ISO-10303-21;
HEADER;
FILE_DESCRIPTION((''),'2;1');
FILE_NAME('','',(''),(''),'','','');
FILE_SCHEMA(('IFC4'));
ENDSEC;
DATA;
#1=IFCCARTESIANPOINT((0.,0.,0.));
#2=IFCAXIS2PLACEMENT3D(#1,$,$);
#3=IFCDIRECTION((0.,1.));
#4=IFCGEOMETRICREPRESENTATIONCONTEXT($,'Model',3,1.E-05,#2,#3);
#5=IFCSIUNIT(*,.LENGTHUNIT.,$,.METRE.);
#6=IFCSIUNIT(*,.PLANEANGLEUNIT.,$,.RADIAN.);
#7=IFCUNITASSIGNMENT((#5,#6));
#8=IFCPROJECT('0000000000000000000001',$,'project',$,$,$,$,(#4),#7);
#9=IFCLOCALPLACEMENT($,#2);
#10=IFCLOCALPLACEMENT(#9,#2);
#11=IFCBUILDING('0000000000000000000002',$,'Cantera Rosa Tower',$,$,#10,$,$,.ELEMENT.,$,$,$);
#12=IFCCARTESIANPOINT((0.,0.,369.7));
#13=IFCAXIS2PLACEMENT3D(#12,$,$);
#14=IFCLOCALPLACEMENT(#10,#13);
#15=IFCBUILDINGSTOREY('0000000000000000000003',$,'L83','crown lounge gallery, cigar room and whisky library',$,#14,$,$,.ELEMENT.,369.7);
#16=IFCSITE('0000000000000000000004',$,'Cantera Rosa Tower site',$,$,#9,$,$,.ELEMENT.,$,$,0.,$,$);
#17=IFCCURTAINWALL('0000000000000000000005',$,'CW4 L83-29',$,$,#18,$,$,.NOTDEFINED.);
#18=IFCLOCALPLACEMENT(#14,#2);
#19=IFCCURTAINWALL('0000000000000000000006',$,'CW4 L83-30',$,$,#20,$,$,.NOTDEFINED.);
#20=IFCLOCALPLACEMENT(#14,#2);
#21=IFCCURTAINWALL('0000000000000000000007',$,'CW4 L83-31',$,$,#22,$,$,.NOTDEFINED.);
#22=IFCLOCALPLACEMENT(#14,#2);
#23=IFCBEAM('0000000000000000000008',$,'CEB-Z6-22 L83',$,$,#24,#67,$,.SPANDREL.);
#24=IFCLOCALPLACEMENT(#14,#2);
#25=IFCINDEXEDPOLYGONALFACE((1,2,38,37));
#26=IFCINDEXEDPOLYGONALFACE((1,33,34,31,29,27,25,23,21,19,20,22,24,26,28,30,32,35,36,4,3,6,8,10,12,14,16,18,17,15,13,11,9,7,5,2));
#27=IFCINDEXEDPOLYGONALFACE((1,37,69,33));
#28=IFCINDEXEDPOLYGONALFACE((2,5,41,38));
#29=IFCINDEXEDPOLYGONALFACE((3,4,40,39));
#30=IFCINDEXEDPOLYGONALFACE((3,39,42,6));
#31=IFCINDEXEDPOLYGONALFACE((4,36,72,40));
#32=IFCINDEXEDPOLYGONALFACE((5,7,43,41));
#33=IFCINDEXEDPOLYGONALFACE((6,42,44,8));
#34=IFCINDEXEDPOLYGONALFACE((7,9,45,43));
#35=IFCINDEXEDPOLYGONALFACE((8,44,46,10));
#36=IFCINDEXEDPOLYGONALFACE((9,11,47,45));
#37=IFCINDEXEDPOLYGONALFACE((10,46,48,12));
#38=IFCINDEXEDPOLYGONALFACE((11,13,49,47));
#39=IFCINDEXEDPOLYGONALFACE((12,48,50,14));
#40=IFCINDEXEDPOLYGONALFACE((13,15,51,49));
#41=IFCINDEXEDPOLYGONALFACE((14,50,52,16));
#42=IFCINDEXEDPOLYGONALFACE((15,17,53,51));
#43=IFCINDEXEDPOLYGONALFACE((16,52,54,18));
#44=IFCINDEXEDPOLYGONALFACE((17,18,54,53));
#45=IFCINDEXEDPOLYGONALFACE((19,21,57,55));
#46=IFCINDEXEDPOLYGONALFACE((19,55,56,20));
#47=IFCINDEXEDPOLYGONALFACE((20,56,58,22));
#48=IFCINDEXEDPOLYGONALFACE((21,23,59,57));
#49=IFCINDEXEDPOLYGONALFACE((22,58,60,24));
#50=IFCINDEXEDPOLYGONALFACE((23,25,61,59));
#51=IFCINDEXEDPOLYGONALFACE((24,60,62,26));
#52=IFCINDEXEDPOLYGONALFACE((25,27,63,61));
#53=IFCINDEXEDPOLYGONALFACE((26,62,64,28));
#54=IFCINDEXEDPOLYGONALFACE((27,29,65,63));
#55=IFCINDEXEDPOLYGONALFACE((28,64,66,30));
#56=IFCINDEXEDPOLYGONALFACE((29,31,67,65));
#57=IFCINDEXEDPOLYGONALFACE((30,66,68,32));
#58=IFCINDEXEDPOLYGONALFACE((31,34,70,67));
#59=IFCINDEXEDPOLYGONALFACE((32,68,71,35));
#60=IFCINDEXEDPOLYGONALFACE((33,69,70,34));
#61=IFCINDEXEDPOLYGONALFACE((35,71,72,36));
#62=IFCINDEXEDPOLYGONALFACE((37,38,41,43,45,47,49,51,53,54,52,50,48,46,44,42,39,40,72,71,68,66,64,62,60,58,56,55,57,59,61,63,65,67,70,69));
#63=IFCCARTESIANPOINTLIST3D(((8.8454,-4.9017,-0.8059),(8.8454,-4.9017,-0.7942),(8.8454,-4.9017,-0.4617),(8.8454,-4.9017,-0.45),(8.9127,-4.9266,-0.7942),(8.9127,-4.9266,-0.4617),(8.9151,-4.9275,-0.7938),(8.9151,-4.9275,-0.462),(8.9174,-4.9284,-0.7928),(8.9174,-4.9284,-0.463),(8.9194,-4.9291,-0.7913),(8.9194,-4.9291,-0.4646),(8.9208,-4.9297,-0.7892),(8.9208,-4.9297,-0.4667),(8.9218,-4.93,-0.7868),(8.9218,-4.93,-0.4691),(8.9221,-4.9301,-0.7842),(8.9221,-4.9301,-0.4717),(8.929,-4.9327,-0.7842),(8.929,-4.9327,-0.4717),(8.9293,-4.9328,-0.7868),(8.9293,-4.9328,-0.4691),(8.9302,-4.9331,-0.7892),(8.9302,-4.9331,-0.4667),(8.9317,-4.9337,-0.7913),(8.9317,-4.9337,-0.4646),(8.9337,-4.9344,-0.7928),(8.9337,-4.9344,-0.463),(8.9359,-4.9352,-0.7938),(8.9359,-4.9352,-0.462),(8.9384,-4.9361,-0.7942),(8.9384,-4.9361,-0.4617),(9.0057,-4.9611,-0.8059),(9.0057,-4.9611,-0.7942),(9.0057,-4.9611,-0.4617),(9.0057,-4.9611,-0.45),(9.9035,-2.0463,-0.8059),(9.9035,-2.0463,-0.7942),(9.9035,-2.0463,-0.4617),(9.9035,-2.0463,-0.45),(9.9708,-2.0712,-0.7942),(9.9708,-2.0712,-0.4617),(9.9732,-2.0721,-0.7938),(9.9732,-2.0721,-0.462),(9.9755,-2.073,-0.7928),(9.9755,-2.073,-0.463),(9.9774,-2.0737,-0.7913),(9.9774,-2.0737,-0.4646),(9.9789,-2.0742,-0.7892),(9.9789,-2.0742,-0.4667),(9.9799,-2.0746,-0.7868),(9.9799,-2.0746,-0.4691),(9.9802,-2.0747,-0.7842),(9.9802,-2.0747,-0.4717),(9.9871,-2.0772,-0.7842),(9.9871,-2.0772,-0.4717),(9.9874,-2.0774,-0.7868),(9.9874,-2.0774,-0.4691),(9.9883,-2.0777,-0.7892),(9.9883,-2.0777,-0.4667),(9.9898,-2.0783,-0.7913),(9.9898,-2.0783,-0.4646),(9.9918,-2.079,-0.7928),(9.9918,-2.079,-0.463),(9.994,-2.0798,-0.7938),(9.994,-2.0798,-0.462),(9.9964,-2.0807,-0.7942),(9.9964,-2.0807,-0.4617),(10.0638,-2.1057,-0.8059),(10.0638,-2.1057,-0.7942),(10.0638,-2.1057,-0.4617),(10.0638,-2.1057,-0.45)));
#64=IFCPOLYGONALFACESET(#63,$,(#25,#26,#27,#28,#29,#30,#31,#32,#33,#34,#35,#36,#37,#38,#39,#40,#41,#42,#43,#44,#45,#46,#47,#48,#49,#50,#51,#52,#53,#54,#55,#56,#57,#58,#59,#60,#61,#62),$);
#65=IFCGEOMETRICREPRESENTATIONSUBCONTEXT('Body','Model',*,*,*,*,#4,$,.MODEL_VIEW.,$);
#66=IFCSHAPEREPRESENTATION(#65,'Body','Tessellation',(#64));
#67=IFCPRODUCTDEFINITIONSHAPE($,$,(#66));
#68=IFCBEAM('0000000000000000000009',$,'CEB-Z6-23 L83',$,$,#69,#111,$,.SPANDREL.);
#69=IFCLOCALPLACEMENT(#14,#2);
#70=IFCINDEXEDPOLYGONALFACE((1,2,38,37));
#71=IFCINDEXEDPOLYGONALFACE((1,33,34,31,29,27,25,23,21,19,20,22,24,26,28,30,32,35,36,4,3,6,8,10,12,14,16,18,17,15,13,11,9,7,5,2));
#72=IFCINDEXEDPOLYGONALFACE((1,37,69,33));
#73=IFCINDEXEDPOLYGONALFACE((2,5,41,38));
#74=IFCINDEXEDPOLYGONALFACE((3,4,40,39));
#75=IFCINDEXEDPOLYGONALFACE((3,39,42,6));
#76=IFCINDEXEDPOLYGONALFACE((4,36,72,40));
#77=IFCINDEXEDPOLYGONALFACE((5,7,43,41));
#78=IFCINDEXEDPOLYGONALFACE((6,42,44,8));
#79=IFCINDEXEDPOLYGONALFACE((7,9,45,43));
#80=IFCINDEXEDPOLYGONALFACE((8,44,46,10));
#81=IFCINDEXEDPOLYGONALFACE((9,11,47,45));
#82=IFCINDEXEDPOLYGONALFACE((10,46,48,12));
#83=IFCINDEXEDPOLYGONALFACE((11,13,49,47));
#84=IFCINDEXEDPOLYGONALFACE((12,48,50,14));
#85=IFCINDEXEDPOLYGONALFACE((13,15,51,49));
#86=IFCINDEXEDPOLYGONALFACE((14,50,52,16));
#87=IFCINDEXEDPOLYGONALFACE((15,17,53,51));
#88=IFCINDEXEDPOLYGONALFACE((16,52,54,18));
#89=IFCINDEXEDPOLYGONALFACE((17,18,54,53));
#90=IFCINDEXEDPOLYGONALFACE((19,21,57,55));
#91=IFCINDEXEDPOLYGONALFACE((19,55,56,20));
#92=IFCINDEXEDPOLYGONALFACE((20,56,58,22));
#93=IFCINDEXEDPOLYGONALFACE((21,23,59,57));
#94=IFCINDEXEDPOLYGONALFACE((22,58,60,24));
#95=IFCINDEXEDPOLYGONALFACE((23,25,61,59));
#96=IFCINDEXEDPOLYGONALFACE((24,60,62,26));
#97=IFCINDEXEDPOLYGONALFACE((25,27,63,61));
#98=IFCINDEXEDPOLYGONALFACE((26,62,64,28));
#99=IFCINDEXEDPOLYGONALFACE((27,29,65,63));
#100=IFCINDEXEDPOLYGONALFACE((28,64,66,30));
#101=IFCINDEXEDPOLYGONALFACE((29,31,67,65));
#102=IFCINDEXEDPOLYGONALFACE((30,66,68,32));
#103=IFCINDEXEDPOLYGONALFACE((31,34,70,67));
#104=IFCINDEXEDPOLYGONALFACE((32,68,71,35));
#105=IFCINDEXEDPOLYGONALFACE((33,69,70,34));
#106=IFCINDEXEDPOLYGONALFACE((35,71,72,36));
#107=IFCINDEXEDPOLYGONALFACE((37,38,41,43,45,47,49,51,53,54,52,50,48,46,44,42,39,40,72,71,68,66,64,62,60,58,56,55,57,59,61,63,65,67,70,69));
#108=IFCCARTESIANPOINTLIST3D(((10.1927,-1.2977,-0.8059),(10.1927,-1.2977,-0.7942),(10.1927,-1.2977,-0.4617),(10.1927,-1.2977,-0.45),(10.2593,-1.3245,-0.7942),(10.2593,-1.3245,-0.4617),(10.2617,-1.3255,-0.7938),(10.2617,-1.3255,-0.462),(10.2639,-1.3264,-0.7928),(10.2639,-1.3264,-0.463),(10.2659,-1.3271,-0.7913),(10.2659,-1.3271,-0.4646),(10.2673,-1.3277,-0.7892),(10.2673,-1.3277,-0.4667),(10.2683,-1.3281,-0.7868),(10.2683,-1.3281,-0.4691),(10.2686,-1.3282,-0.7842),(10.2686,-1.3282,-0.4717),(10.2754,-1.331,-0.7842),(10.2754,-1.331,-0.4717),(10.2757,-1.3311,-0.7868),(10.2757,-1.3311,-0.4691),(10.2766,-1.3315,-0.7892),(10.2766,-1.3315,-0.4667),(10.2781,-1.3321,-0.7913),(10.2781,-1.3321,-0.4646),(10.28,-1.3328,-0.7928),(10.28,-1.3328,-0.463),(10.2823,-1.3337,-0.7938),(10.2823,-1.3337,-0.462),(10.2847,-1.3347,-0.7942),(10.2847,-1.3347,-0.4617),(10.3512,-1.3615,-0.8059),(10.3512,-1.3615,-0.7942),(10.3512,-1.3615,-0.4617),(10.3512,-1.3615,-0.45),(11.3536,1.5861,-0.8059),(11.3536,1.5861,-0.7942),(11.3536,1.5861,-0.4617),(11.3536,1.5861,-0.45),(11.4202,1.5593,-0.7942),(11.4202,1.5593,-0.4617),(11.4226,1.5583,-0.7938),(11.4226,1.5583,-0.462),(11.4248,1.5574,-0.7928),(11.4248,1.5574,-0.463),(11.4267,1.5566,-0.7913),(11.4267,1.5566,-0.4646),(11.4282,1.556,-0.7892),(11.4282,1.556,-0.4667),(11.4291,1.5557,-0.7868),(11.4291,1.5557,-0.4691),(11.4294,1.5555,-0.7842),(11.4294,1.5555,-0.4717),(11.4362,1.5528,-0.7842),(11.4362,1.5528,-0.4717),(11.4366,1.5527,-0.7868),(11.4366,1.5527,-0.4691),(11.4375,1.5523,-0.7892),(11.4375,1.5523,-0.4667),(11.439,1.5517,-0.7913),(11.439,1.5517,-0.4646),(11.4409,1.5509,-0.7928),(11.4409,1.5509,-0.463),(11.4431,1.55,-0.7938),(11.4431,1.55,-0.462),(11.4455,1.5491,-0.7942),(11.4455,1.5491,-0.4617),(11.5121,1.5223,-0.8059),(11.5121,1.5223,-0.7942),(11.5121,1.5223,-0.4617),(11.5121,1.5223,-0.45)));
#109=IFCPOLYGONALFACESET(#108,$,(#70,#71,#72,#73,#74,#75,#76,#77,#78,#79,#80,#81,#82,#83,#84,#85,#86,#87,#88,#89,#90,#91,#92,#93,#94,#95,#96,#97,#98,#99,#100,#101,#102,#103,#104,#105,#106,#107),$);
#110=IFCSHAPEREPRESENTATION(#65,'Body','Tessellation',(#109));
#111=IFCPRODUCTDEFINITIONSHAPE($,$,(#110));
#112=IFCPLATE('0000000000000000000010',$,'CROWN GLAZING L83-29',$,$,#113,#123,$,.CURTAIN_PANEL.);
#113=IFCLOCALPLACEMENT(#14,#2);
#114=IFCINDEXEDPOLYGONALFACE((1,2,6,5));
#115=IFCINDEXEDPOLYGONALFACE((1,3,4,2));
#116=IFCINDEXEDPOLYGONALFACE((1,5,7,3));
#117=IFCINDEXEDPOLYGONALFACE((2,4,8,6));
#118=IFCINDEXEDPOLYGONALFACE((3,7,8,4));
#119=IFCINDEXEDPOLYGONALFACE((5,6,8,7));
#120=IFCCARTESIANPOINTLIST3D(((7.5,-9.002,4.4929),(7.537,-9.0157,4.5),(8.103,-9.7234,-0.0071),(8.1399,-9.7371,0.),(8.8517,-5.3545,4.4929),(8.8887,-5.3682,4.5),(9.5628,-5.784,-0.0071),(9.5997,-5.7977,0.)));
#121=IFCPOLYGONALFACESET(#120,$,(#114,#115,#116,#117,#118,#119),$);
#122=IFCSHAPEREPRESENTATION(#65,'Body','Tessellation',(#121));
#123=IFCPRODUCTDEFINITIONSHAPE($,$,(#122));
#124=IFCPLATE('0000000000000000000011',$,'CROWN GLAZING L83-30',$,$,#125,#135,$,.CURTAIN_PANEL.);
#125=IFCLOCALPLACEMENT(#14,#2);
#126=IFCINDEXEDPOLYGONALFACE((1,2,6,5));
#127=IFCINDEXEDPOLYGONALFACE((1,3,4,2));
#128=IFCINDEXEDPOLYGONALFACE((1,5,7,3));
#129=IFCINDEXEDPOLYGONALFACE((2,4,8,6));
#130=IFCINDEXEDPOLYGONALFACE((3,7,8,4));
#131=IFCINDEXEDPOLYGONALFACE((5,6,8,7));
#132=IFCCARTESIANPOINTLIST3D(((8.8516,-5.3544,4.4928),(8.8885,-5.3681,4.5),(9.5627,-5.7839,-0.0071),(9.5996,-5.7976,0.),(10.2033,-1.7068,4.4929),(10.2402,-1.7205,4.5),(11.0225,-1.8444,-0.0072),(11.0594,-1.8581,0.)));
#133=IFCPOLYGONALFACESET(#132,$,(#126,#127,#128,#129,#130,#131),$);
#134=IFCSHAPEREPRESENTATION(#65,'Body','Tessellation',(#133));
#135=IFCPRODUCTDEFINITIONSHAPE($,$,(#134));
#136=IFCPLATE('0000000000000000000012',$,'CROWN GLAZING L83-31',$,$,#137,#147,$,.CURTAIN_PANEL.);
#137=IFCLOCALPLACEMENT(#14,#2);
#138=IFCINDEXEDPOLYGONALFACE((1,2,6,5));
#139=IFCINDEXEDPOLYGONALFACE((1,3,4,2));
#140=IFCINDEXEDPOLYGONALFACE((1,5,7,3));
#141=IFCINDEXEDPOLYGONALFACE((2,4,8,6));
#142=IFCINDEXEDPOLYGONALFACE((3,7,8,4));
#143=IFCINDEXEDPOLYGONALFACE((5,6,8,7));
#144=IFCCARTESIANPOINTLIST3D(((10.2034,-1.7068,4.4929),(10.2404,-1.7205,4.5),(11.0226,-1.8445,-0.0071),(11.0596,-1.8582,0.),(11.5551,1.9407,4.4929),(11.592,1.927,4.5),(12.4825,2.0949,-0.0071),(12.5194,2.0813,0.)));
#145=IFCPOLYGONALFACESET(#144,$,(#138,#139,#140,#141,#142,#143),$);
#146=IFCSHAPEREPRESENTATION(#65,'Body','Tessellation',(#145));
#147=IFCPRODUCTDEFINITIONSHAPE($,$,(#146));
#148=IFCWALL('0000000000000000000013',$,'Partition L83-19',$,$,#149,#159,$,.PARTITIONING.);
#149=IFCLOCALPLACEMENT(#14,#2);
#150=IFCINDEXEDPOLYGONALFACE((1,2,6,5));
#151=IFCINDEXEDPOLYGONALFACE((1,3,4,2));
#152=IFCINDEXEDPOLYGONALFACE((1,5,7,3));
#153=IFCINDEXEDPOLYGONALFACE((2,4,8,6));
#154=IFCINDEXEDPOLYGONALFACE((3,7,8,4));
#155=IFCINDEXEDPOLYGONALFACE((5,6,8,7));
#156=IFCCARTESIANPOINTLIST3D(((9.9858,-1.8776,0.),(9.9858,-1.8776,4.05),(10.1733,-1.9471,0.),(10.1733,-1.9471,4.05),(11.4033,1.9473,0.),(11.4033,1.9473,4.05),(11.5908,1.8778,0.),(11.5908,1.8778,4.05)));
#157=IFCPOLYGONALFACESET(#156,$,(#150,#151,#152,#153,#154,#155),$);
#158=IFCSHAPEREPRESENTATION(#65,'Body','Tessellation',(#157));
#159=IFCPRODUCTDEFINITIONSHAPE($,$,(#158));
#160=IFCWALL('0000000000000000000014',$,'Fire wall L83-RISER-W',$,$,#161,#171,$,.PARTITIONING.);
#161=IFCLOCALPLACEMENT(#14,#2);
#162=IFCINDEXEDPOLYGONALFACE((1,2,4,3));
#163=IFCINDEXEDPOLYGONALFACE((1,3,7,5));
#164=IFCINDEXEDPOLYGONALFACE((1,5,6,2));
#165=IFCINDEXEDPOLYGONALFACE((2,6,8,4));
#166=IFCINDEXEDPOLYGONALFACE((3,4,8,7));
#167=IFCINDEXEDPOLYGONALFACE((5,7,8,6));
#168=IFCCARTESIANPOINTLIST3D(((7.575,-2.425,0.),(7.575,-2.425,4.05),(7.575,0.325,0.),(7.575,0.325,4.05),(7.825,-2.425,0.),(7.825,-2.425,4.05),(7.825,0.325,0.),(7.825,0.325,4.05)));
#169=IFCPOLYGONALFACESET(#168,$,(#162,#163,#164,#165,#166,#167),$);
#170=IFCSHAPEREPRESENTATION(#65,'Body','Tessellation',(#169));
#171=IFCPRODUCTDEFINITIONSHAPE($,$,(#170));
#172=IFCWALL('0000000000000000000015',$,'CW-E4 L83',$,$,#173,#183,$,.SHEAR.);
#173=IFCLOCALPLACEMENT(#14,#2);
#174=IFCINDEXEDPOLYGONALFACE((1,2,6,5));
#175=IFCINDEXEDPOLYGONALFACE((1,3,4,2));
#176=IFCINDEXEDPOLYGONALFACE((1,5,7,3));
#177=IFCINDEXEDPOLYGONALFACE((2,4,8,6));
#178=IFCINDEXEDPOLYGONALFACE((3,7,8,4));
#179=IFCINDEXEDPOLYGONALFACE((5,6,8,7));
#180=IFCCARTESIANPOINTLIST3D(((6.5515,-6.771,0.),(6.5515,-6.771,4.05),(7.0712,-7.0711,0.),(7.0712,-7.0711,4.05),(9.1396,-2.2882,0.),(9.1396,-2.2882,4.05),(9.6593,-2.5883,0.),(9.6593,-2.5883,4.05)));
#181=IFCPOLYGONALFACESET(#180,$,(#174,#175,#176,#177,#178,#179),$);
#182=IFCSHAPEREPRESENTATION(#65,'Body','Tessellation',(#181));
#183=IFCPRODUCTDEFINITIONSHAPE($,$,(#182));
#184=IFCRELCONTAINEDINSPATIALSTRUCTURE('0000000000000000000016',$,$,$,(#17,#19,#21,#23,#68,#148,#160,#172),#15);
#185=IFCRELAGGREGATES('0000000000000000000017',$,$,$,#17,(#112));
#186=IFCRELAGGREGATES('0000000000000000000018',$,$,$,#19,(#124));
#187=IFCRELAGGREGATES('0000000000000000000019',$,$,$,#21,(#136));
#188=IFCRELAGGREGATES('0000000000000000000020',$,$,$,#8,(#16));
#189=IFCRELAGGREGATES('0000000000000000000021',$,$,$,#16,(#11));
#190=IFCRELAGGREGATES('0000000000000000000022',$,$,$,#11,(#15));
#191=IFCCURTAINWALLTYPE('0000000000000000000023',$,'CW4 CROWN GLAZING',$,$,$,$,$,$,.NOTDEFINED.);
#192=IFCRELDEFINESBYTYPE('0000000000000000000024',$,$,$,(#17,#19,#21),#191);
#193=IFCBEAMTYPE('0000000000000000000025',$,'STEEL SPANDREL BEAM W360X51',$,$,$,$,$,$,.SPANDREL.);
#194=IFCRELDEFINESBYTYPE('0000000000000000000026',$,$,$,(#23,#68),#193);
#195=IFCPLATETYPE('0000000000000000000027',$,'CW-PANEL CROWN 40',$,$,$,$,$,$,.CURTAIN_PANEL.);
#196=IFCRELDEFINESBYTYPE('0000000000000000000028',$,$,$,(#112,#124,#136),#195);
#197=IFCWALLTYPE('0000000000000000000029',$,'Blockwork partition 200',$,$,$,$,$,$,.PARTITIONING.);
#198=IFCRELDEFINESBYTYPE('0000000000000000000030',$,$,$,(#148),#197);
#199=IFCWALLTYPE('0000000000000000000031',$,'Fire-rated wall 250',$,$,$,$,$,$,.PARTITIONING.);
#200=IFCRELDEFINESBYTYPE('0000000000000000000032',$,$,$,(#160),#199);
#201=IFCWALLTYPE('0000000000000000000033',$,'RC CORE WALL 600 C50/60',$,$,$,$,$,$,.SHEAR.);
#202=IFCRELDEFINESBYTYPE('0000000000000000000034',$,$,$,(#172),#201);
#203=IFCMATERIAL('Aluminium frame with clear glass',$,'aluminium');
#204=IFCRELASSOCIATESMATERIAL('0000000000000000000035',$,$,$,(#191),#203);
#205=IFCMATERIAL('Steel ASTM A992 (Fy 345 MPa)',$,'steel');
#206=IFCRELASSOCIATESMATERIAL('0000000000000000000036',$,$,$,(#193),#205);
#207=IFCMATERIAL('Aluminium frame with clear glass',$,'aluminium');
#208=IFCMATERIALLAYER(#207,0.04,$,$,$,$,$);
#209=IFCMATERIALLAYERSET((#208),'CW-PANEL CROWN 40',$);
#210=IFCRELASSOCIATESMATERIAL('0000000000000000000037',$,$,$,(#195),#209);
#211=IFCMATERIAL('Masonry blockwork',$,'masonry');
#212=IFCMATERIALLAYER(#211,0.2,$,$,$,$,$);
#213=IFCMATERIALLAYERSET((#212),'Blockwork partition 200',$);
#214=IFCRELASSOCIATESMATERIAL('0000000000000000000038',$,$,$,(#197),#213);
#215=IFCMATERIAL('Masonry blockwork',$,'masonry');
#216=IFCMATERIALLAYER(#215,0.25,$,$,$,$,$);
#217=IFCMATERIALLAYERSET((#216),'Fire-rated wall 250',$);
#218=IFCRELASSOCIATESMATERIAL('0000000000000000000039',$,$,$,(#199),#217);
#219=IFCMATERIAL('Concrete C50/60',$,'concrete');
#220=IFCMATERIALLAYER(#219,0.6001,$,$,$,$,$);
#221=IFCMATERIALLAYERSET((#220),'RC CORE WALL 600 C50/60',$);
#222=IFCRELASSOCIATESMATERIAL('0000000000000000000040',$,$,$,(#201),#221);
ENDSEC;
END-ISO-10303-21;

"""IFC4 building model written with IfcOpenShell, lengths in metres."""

from ifc_helpers import new_model, si_unit, direction, frame, frame_2d, origin, origin_2d, place, context, subcontext, project, spatial, polyline, rectangle, i_section, outline, extrude, material, layer, layer_set, material_profile, profile_set, type_object, element, aggregate, save


model = new_model("IFC4")

# Units and contexts
model_context = context("Model", 3, precision=1e-05, world=origin(), true_north=direction((0.0, 1.0)))
body_context = subcontext(model_context, "Body", "Model", "MODEL_VIEW")
ifc_project = project(units=[si_unit("LENGTHUNIT", "METRE"), si_unit("PLANEANGLEUNIT", "RADIAN")], contexts=[model_context])

# Site, building, storey
site_placement = place(None, origin())
site = spatial("IfcSite", under=ifc_project, at=site_placement, Name="Cantera Rosa Tower site", CompositionType="ELEMENT", RefElevation=0.0)
building_placement = place(site_placement, origin())
building = spatial("IfcBuilding", under=site, at=building_placement, Name="Cantera Rosa Tower", CompositionType="ELEMENT")
storey_placement = place(building_placement, frame((0.0, 0.0, 369.7)))
storey = spatial("IfcBuildingStorey", under=building, at=storey_placement, Name="L83", Description="crown lounge gallery, cigar room and whisky library", CompositionType="ELEMENT", Elevation=369.7)

# Curtain walls
ifc_material_1 = material(Name="Aluminium frame with clear glass", Category="aluminium")
curtain_wall_type = type_object("IfcCurtainWallType", Name="CW4 CROWN GLAZING", PredefinedType="NOTDEFINED", material=ifc_material_1)
curtain_wall_1_placement = place(storey_placement, origin())
curtain_wall_1 = element("IfcCurtainWall", 1, at=curtain_wall_1_placement, inside=storey, type_object=curtain_wall_type, Name="CW4 L83-29", PredefinedType="NOTDEFINED")
curtain_wall_2_placement = place(storey_placement, origin())
curtain_wall_2 = element("IfcCurtainWall", 2, at=curtain_wall_2_placement, inside=storey, type_object=curtain_wall_type, Name="CW4 L83-30", PredefinedType="NOTDEFINED")
curtain_wall_3_placement = place(storey_placement, origin())
curtain_wall_3 = element("IfcCurtainWall", 3, at=curtain_wall_3_placement, inside=storey, type_object=curtain_wall_type, Name="CW4 L83-31", PredefinedType="NOTDEFINED")

# Beams
ifc_material_2 = material(Name="Steel ASTM A992 (Fy 345 MPa)", Category="steel")
ifc_material_profile_1 = material_profile(ifc_material_2, i_section(OverallWidth=0.1709, OverallDepth=0.356, WebThickness=0.0073, FlangeThickness=0.0117, FilletRadius=0.01, at=origin_2d()), Name="W360X51")
ifc_profile_set_1 = profile_set([ifc_material_profile_1], Name="Steel ASTM A992 (Fy 345 MPa)")
beam_type = type_object("IfcBeamType", Name="STEEL SPANDREL BEAM W360X51", PredefinedType="SPANDREL", material=ifc_profile_set_1)
beam_1_placement = place(storey_placement, frame((8.9255, -4.9314, -0.6279), z_axis=(0.347466, 0.937693, 0.0), x_axis=(-0.937693, 0.347466, 0.0)))
element("IfcBeam", 4, at=beam_1_placement, inside=storey, type_object=beam_type, Name="CEB-Z6-22 L83", PredefinedType="SPANDREL", context=body_context, shape_type="SweptSolid", body=[
    extrude(i_section(OverallWidth=0.1709, OverallDepth=0.356, WebThickness=0.0073, FlangeThickness=0.0117, FilletRadius=0.01, at=origin_2d()), origin(), (0.0, 0.0, 1.0), 3.0452),
])
beam_2_placement = place(storey_placement, frame((10.272, -1.3296, -0.6279), z_axis=(0.373434, 0.927657, 0.0), x_axis=(-0.927657, 0.373434, 0.0)))
element("IfcBeam", 5, at=beam_2_placement, inside=storey, type_object=beam_type, Name="CEB-Z6-23 L83", PredefinedType="SPANDREL", context=body_context, shape_type="SweptSolid", body=[
    extrude(i_section(OverallWidth=0.1709, OverallDepth=0.356, WebThickness=0.0073, FlangeThickness=0.0117, FilletRadius=0.01, at=origin_2d()), origin(), (0.0, 0.0, 1.0), 3.1086),
])

# Plates
ifc_material_3 = material(Name="Aluminium frame with clear glass", Category="aluminium")
ifc_layer_1 = layer(ifc_material_3, 0.04)
ifc_layer_set_1 = layer_set([ifc_layer_1], Name="CW-PANEL CROWN 40")
plate_type = type_object("IfcPlateType", Name="CW-PANEL CROWN 40", PredefinedType="CURTAIN_PANEL", material=ifc_layer_set_1)
plate_1_placement = place(storey_placement, frame((8.1399, -9.7371, 0.0), z_axis=(0.92264, -0.341908, 0.178423), x_axis=(0.347482, 0.937687, 0.000006)))
plate_1 = element("IfcPlate", 6, at=plate_1_placement, type_object=plate_type, Name="CROWN GLAZING L83-29", PredefinedType="CURTAIN_PANEL", context=body_context, shape_type="SweptSolid", body=[
    extrude(outline(polyline([(0.0, 0.0), (4.2012, 0.0), (4.3569, 4.5734), (0.467, 4.5734), (0.0, 0.0)])), origin(), (0.0, 0.0, -1.0), 0.04),
])
plate_2_placement = place(storey_placement, frame((9.5996, -5.7976, 0.0), z_axis=(0.922644, -0.341898, 0.178422), x_axis=(0.347475, 0.937689, -0.000006)))
plate_2 = element("IfcPlate", 7, at=plate_2_placement, type_object=plate_type, Name="CROWN GLAZING L83-30", PredefinedType="CURTAIN_PANEL", context=body_context, shape_type="SweptSolid", body=[
    extrude(outline(polyline([(0.0, 0.0), (4.2013, 0.0), (4.0457, 4.5734), (0.1556, 4.5734), (0.0, 0.0)])), origin(), (0.0, 0.0, -1.0), 0.04),
])
plate_3_placement = place(storey_placement, frame((11.0596, -1.8582, 0.0), z_axis=(0.92264, -0.341908, 0.178421), x_axis=(0.347482, 0.937687, 0.000006)))
plate_3 = element("IfcPlate", 8, at=plate_3_placement, type_object=plate_type, Name="CROWN GLAZING L83-31", PredefinedType="CURTAIN_PANEL", context=body_context, shape_type="SweptSolid", body=[
    extrude(outline(polyline([(0.0, 0.0), (4.2012, 0.0), (3.7343, 4.5734), (-0.1556, 4.5734), (0.0, 0.0)])), origin(), (0.0, 0.0, -1.0), 0.04),
])

# Walls
ifc_material_4 = material(Name="Masonry blockwork", Category="masonry")
ifc_layer_2 = layer(ifc_material_4, 0.2)
ifc_layer_set_2 = layer_set([ifc_layer_2], Name="Blockwork partition 200")
wall_type_1 = type_object("IfcWallType", Name="Blockwork partition 200", PredefinedType="PARTITIONING", material=ifc_layer_set_2)
wall_1_placement = place(storey_placement, frame((10.0796, -1.9124, 0.0), z_axis=(0.0, 0.0, 1.0), x_axis=(0.347494, 0.937682, 0.0)))
element("IfcWall", 9, at=wall_1_placement, inside=storey, type_object=wall_type_1, Name="Partition L83-19", PredefinedType="PARTITIONING", context=body_context, shape_type="SweptSolid", body=[
    extrude(rectangle(XDim=4.0791, YDim=0.2, at=frame_2d((2.0396, 0.0))), origin(), (0.0, 0.0, 1.0), 4.05),
])
ifc_material_5 = material(Name="Masonry blockwork", Category="masonry")
ifc_layer_3 = layer(ifc_material_5, 0.25)
ifc_layer_set_3 = layer_set([ifc_layer_3], Name="Fire-rated wall 250")
wall_type_2 = type_object("IfcWallType", Name="Fire-rated wall 250", PredefinedType="PARTITIONING", material=ifc_layer_set_3)
wall_2_placement = place(storey_placement, frame((7.7, -2.425, 0.0), z_axis=(0.0, 0.0, 1.0), x_axis=(0.0, 1.0, 0.0)))
element("IfcWall", 10, at=wall_2_placement, inside=storey, type_object=wall_type_2, Name="Fire wall L83-RISER-W", PredefinedType="PARTITIONING", context=body_context, shape_type="SweptSolid", body=[
    extrude(rectangle(XDim=2.75, YDim=0.25, at=frame_2d((1.375, 0.0))), origin(), (0.0, 0.0, 1.0), 4.05),
])
ifc_material_6 = material(Name="Concrete C50/60", Category="concrete")
ifc_layer_4 = layer(ifc_material_6, 0.6001)
ifc_layer_set_4 = layer_set([ifc_layer_4], Name="RC CORE WALL 600 C50/60")
wall_type_3 = type_object("IfcWallType", Name="RC CORE WALL 600 C50/60", PredefinedType="SHEAR", material=ifc_layer_set_4)
wall_3_placement = place(storey_placement, frame((9.3994, -2.4382, 0.0), z_axis=(0.0, 0.0, 1.0), x_axis=(-0.499989, -0.866032, 0.0)))
element("IfcWall", 11, at=wall_3_placement, inside=storey, type_object=wall_type_3, Name="CW-E4 L83", PredefinedType="SHEAR", context=body_context, shape_type="SweptSolid", body=[
    extrude(rectangle(XDim=5.1763, YDim=0.6001, at=frame_2d((2.5881, 0.0))), origin(), (0.0, 0.0, 1.0), 4.05),
])

aggregate(curtain_wall_1, [plate_1])
aggregate(curtain_wall_2, [plate_2])
aggregate(curtain_wall_3, [plate_3])

save(model, "model.ifc")
